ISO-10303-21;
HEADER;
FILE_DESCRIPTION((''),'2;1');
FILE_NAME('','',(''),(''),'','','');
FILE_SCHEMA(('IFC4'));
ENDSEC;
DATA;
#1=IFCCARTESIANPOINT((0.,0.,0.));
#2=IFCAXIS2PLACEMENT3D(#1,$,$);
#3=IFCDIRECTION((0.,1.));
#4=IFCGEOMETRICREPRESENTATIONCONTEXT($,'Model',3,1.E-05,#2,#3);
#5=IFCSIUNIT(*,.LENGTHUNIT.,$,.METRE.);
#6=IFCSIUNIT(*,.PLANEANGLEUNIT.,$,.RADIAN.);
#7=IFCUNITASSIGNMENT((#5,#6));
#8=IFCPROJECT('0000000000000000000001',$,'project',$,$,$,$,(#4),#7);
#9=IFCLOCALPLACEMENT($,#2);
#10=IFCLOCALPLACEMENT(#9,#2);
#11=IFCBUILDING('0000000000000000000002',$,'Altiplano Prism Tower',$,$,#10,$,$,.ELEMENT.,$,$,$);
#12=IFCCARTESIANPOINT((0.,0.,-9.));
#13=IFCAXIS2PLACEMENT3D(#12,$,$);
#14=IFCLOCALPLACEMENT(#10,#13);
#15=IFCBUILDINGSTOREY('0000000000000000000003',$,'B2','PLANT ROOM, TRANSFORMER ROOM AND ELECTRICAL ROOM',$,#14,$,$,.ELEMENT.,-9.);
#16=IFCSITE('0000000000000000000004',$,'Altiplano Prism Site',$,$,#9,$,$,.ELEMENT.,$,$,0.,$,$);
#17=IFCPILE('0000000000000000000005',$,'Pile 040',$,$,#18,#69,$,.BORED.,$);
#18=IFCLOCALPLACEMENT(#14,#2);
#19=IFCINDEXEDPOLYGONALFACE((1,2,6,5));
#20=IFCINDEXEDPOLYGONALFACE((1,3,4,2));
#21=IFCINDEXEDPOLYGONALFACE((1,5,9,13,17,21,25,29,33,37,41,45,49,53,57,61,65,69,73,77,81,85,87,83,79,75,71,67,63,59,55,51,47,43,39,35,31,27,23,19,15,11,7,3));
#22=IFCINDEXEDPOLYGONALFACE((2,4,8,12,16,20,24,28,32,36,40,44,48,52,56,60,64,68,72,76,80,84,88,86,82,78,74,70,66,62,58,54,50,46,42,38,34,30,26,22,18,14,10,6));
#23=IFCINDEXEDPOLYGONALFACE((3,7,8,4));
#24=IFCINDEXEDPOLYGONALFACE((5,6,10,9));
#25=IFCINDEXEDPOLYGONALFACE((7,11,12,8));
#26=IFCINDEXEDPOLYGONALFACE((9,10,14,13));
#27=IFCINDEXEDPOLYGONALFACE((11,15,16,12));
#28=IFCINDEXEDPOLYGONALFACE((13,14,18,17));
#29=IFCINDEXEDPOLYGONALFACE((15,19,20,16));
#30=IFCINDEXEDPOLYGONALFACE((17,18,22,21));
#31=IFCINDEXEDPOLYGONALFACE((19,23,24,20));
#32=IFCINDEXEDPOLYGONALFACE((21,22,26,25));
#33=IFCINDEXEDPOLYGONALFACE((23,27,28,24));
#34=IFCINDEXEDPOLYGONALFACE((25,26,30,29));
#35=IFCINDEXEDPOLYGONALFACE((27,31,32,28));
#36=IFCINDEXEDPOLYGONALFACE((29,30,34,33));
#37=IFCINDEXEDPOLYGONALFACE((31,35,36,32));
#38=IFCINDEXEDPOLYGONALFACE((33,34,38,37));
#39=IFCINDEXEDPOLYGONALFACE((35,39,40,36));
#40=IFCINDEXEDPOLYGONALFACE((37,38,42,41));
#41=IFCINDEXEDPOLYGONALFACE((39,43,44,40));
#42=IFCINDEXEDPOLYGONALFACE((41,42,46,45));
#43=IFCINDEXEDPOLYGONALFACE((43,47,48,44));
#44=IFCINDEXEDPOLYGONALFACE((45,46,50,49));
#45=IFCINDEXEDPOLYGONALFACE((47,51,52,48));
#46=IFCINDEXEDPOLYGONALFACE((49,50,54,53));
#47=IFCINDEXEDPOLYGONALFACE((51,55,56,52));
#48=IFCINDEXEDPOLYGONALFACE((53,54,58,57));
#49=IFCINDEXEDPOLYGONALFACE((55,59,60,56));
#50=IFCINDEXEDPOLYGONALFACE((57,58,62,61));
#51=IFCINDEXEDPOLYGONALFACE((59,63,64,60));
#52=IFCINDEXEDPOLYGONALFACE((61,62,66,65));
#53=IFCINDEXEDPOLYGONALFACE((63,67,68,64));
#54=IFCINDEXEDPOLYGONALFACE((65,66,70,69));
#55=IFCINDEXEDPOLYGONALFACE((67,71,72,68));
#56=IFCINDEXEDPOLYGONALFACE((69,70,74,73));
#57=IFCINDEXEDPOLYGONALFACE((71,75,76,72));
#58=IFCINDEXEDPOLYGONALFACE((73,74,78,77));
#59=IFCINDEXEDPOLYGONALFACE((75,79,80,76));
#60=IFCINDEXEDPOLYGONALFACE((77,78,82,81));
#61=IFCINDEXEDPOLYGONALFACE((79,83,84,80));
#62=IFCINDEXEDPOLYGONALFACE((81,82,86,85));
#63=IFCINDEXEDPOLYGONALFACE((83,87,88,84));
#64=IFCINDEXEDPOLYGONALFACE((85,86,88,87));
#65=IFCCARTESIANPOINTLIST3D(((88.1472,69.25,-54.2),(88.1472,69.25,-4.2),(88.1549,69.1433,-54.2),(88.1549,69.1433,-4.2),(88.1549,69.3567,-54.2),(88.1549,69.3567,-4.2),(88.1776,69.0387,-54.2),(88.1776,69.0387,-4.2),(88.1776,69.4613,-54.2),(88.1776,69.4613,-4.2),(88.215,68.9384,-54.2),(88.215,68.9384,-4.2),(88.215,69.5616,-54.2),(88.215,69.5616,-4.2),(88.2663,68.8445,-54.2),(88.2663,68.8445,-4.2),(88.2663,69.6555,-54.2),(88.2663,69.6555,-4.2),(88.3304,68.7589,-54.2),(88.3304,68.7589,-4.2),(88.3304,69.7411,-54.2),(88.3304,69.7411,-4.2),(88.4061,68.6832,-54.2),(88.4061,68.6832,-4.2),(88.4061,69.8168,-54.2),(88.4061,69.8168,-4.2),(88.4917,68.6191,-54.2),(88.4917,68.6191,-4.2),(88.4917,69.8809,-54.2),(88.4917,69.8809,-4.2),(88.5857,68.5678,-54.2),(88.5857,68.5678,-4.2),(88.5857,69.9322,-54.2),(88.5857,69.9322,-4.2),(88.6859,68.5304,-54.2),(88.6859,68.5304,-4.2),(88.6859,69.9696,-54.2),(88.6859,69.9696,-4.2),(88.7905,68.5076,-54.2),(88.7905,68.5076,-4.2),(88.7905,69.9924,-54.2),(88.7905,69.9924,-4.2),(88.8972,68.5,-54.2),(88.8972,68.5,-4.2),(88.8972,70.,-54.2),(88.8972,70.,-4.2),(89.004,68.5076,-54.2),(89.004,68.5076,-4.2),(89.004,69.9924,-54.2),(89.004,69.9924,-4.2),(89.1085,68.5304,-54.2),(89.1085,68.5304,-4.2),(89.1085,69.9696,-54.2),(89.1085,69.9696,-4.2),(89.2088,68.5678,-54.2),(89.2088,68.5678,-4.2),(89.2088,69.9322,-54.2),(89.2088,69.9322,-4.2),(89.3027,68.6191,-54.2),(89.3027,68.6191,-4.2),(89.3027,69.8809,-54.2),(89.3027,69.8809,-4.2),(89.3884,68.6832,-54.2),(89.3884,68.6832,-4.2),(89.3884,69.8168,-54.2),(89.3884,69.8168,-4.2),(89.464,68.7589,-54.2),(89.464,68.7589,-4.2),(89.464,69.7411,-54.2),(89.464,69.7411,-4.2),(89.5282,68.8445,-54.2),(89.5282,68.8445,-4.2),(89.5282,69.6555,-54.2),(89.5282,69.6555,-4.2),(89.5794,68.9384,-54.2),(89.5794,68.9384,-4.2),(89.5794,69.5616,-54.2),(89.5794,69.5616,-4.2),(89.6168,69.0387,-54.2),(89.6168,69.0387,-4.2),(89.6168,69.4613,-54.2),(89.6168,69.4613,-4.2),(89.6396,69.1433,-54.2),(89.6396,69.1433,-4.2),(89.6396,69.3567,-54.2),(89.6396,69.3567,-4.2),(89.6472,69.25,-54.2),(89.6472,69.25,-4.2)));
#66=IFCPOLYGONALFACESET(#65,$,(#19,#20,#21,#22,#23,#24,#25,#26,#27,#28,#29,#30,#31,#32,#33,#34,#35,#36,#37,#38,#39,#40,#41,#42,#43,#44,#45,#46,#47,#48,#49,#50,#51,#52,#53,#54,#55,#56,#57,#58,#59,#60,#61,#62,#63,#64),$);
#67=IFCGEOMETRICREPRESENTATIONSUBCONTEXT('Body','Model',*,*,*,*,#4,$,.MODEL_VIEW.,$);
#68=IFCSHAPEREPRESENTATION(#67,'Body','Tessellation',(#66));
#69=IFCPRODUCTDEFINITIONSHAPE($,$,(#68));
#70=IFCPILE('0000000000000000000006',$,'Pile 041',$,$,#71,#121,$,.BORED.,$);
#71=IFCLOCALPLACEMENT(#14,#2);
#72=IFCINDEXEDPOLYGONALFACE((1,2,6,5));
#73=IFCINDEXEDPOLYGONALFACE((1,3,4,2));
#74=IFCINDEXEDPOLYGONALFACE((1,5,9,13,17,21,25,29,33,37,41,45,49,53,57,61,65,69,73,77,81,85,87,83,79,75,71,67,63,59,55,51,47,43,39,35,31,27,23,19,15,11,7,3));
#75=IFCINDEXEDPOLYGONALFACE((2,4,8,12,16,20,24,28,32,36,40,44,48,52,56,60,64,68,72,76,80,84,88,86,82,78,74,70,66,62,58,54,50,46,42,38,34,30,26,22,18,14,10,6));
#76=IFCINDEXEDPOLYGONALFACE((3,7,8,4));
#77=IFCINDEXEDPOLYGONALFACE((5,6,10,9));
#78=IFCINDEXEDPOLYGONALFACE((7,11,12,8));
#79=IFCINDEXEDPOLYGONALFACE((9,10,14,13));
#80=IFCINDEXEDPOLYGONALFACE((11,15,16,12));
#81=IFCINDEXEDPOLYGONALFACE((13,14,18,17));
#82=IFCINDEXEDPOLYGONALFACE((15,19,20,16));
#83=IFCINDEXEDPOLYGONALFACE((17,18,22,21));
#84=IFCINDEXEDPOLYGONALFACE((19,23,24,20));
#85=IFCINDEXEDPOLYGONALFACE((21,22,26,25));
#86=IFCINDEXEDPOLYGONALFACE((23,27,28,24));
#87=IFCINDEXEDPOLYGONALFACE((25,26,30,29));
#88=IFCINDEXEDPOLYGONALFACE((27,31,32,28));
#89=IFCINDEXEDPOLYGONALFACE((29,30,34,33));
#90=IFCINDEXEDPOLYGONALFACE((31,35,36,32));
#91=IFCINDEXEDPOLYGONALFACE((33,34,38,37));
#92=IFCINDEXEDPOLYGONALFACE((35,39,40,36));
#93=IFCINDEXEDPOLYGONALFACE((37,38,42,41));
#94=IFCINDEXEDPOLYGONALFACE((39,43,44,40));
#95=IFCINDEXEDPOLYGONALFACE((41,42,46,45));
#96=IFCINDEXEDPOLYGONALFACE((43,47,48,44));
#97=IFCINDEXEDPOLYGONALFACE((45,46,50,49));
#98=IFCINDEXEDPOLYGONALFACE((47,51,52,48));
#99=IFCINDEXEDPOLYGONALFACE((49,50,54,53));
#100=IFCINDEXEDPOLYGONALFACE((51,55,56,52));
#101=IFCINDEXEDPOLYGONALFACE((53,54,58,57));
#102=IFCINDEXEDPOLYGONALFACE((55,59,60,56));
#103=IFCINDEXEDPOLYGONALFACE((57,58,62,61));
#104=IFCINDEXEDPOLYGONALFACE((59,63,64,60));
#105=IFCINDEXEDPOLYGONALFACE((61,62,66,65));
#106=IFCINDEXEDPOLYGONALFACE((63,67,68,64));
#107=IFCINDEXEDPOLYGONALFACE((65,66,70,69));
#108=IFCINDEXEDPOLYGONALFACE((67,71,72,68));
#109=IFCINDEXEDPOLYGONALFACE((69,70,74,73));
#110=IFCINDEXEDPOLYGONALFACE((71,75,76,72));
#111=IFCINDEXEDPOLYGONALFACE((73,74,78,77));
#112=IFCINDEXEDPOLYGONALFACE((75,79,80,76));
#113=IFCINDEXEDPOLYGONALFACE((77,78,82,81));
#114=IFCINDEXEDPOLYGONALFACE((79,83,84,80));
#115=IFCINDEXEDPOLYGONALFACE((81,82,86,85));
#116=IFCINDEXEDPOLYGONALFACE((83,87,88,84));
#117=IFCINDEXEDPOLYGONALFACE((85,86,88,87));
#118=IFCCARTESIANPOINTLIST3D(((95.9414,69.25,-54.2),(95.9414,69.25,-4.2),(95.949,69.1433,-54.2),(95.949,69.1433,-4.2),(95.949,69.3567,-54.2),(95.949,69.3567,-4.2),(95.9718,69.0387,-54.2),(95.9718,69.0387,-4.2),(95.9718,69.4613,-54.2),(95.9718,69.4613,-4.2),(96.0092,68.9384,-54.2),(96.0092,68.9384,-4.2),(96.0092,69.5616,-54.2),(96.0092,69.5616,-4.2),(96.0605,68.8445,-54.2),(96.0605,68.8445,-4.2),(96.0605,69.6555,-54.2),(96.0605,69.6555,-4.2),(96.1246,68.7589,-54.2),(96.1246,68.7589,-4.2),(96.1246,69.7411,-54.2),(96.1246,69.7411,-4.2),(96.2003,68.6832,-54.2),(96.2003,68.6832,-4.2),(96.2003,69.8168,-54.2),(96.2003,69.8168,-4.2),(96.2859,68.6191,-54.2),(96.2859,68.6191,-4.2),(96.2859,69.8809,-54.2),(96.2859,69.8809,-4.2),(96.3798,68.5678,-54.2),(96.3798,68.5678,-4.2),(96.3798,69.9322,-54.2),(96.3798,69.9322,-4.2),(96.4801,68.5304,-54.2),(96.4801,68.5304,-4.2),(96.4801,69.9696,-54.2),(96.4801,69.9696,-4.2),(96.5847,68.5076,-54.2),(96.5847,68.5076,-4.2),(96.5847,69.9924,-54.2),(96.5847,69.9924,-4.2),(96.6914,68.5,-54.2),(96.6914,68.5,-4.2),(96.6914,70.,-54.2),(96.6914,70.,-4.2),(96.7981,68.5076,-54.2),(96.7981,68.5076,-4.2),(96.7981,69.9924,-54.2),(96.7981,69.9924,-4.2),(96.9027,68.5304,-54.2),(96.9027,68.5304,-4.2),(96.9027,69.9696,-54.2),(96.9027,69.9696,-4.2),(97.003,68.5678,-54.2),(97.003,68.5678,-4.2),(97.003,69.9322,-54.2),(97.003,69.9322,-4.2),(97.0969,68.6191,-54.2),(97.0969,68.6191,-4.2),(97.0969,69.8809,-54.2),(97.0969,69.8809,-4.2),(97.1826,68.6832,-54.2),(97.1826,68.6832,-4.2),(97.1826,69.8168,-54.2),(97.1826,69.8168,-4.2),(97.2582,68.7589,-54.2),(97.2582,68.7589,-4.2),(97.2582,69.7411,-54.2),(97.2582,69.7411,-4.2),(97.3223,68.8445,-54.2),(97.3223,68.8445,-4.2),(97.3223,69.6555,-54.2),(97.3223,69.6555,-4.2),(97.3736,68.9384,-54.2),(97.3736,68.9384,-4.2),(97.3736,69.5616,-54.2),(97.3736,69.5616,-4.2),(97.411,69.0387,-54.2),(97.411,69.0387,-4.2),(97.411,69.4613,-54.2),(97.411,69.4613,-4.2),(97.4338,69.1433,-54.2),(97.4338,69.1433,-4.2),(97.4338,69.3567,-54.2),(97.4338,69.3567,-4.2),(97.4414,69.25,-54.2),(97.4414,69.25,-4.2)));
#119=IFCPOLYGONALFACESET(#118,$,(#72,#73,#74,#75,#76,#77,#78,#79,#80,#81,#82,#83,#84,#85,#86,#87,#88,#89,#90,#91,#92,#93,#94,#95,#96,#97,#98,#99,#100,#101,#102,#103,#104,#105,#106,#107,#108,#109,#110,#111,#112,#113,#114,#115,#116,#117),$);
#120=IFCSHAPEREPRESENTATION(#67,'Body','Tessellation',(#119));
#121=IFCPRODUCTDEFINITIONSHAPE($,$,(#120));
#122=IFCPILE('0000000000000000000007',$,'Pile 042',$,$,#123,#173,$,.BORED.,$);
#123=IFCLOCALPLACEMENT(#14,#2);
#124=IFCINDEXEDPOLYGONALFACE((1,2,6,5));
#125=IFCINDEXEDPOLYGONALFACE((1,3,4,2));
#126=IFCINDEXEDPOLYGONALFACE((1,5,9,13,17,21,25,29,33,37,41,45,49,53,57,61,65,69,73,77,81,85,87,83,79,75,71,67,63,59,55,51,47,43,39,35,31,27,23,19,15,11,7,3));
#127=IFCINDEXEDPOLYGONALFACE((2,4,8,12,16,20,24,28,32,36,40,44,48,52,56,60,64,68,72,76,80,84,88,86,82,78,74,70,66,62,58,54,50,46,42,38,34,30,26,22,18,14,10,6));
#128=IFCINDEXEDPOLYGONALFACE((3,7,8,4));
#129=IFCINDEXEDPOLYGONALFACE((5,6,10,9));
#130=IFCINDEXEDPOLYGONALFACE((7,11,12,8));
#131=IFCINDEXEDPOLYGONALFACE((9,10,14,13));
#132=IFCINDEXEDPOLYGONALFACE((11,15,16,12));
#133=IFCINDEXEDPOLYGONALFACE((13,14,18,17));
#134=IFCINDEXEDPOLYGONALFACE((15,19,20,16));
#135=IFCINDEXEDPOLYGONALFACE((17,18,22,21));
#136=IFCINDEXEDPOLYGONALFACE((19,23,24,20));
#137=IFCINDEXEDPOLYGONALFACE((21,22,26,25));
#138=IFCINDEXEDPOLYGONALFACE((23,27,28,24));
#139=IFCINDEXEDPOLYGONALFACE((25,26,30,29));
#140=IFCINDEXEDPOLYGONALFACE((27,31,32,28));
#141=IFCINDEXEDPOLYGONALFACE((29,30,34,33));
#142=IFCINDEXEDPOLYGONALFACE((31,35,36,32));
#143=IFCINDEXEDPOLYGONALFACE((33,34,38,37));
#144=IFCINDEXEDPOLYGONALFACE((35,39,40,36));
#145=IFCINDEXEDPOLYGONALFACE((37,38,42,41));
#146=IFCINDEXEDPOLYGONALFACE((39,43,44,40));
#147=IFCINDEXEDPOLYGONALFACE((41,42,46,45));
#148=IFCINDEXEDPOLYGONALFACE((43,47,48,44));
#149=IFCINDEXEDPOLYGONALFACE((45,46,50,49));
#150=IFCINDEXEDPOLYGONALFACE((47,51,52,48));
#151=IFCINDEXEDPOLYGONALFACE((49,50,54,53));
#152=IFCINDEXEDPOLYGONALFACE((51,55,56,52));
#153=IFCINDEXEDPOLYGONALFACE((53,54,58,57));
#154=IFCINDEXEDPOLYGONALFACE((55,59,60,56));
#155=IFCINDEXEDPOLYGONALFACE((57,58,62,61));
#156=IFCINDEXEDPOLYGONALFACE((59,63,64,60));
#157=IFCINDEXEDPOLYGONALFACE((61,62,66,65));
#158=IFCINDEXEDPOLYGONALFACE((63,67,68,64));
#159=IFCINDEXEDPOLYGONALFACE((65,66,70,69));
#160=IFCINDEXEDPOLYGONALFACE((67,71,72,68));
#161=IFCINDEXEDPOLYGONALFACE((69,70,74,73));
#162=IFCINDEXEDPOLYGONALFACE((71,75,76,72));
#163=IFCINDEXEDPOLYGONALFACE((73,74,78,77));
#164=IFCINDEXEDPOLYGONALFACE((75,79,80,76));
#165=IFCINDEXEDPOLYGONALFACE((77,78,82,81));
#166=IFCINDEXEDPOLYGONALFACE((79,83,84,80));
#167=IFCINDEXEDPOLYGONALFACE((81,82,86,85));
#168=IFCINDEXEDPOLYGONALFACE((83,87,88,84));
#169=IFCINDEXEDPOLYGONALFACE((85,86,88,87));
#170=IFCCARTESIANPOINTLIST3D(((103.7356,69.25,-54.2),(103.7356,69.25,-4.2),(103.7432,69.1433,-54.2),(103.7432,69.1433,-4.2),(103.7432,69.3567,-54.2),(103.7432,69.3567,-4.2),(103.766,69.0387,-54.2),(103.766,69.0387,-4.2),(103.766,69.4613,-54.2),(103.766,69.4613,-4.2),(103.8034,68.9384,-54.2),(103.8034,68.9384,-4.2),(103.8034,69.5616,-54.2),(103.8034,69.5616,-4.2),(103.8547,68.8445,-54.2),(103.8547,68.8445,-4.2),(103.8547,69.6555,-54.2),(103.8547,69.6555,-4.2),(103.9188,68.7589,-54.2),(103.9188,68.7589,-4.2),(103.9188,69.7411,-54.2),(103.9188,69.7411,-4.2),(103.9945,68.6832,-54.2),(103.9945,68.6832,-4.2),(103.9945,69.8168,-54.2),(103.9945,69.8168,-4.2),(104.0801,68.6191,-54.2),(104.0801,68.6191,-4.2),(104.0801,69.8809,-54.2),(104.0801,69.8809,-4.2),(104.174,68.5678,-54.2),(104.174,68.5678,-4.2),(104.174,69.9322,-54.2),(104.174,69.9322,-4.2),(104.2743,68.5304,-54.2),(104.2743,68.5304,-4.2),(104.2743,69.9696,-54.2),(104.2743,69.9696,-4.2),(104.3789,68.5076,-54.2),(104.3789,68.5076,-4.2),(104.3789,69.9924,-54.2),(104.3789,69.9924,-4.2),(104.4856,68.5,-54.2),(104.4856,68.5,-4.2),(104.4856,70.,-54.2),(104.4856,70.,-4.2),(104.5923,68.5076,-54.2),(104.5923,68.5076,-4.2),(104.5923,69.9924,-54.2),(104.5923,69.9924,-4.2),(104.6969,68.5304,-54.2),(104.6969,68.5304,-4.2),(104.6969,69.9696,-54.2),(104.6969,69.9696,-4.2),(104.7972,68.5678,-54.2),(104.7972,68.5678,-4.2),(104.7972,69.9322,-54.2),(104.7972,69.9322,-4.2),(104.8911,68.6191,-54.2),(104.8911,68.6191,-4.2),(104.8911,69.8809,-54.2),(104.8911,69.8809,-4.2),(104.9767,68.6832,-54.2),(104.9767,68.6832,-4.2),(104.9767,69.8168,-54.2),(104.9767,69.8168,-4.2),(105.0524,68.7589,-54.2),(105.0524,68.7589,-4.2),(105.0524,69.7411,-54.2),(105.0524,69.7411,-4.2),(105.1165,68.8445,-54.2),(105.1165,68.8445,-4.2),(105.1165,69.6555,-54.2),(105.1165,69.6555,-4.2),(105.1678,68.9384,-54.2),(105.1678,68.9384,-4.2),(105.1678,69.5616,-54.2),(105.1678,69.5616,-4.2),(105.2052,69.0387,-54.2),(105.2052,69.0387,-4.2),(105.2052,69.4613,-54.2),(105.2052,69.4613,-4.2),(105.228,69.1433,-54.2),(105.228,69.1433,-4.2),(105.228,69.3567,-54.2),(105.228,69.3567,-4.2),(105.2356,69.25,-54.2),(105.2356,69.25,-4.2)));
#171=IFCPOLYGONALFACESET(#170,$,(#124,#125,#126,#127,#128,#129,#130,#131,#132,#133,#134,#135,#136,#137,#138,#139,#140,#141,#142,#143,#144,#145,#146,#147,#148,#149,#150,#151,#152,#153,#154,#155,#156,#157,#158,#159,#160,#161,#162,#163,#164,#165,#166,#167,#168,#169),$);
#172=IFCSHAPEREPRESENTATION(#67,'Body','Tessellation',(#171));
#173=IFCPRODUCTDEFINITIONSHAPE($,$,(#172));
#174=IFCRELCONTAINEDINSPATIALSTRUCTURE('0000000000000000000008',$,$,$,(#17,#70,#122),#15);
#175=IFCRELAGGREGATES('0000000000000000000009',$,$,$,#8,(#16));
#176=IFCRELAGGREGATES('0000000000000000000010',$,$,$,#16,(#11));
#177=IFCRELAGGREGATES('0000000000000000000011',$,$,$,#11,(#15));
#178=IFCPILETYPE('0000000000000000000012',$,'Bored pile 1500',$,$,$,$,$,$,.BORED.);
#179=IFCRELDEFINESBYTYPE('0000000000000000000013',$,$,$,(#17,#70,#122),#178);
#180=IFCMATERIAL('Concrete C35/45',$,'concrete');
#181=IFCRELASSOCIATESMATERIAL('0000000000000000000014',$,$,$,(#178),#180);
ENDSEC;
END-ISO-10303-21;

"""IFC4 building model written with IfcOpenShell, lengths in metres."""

from ifc_helpers import new_model, si_unit, direction, frame, origin, origin_2d, place, context, subcontext, project, spatial, circle, extrude, material, material_profile, profile_set, type_object, element, save


model = new_model("IFC4")

# Units and contexts
model_context = context("Model", 3, precision=1e-05, world=origin(), true_north=direction((0.0, 1.0)))
body_context = subcontext(model_context, "Body", "Model", "MODEL_VIEW")
ifc_project = project(units=[si_unit("LENGTHUNIT", "METRE"), si_unit("PLANEANGLEUNIT", "RADIAN")], contexts=[model_context])

# Site, building, storey
site_placement = place(None, origin())
site = spatial("IfcSite", under=ifc_project, at=site_placement, Name="Altiplano Prism Site", CompositionType="ELEMENT", RefElevation=0.0)
building_placement = place(site_placement, origin())
building = spatial("IfcBuilding", under=site, at=building_placement, Name="Altiplano Prism Tower", CompositionType="ELEMENT")
storey_placement = place(building_placement, frame((0.0, 0.0, -9.0)))
storey = spatial("IfcBuildingStorey", under=building, at=storey_placement, Name="B2", Description="PLANT ROOM, TRANSFORMER ROOM AND ELECTRICAL ROOM", CompositionType="ELEMENT", Elevation=-9.0)

# Piles
ifc_material_1 = material(Name="Concrete C35/45", Category="concrete")
ifc_material_profile_1 = material_profile(ifc_material_1, circle(Radius=0.75, at=origin_2d()), Name="Bored pile 1500")
ifc_profile_set_1 = profile_set([ifc_material_profile_1], Name="Concrete C35/45")
pile_type = type_object("IfcPileType", Name="Bored pile 1500", PredefinedType="BORED", material=ifc_profile_set_1)
for number, where, z_axis, x_axis, name in (
    (1, (88.8972, 69.25, -4.2), (0.0, 0.0, -1.0), (1.0, 0.0, 0.0), "Pile 040"),
    (2, (96.6914, 69.25, -4.2), (0.0, 0.0, -1.0), (1.0, 0.0, 0.0), "Pile 041"),
    (3, (104.4856, 69.25, -4.2), (0.0, 0.0, -1.0), (1.0, 0.0, 0.0), "Pile 042"),
):
    element("IfcPile", number, at=place(storey_placement, frame(where, z_axis=z_axis, x_axis=x_axis)), inside=storey, type_object=pile_type, Name=name, PredefinedType="BORED", context=body_context, shape_type="SweptSolid", body=[
        extrude(circle(Radius=0.75, at=origin_2d()), origin(), (0.0, 0.0, 1.0), 50.0),
    ])

save(model, "model.ifc")
